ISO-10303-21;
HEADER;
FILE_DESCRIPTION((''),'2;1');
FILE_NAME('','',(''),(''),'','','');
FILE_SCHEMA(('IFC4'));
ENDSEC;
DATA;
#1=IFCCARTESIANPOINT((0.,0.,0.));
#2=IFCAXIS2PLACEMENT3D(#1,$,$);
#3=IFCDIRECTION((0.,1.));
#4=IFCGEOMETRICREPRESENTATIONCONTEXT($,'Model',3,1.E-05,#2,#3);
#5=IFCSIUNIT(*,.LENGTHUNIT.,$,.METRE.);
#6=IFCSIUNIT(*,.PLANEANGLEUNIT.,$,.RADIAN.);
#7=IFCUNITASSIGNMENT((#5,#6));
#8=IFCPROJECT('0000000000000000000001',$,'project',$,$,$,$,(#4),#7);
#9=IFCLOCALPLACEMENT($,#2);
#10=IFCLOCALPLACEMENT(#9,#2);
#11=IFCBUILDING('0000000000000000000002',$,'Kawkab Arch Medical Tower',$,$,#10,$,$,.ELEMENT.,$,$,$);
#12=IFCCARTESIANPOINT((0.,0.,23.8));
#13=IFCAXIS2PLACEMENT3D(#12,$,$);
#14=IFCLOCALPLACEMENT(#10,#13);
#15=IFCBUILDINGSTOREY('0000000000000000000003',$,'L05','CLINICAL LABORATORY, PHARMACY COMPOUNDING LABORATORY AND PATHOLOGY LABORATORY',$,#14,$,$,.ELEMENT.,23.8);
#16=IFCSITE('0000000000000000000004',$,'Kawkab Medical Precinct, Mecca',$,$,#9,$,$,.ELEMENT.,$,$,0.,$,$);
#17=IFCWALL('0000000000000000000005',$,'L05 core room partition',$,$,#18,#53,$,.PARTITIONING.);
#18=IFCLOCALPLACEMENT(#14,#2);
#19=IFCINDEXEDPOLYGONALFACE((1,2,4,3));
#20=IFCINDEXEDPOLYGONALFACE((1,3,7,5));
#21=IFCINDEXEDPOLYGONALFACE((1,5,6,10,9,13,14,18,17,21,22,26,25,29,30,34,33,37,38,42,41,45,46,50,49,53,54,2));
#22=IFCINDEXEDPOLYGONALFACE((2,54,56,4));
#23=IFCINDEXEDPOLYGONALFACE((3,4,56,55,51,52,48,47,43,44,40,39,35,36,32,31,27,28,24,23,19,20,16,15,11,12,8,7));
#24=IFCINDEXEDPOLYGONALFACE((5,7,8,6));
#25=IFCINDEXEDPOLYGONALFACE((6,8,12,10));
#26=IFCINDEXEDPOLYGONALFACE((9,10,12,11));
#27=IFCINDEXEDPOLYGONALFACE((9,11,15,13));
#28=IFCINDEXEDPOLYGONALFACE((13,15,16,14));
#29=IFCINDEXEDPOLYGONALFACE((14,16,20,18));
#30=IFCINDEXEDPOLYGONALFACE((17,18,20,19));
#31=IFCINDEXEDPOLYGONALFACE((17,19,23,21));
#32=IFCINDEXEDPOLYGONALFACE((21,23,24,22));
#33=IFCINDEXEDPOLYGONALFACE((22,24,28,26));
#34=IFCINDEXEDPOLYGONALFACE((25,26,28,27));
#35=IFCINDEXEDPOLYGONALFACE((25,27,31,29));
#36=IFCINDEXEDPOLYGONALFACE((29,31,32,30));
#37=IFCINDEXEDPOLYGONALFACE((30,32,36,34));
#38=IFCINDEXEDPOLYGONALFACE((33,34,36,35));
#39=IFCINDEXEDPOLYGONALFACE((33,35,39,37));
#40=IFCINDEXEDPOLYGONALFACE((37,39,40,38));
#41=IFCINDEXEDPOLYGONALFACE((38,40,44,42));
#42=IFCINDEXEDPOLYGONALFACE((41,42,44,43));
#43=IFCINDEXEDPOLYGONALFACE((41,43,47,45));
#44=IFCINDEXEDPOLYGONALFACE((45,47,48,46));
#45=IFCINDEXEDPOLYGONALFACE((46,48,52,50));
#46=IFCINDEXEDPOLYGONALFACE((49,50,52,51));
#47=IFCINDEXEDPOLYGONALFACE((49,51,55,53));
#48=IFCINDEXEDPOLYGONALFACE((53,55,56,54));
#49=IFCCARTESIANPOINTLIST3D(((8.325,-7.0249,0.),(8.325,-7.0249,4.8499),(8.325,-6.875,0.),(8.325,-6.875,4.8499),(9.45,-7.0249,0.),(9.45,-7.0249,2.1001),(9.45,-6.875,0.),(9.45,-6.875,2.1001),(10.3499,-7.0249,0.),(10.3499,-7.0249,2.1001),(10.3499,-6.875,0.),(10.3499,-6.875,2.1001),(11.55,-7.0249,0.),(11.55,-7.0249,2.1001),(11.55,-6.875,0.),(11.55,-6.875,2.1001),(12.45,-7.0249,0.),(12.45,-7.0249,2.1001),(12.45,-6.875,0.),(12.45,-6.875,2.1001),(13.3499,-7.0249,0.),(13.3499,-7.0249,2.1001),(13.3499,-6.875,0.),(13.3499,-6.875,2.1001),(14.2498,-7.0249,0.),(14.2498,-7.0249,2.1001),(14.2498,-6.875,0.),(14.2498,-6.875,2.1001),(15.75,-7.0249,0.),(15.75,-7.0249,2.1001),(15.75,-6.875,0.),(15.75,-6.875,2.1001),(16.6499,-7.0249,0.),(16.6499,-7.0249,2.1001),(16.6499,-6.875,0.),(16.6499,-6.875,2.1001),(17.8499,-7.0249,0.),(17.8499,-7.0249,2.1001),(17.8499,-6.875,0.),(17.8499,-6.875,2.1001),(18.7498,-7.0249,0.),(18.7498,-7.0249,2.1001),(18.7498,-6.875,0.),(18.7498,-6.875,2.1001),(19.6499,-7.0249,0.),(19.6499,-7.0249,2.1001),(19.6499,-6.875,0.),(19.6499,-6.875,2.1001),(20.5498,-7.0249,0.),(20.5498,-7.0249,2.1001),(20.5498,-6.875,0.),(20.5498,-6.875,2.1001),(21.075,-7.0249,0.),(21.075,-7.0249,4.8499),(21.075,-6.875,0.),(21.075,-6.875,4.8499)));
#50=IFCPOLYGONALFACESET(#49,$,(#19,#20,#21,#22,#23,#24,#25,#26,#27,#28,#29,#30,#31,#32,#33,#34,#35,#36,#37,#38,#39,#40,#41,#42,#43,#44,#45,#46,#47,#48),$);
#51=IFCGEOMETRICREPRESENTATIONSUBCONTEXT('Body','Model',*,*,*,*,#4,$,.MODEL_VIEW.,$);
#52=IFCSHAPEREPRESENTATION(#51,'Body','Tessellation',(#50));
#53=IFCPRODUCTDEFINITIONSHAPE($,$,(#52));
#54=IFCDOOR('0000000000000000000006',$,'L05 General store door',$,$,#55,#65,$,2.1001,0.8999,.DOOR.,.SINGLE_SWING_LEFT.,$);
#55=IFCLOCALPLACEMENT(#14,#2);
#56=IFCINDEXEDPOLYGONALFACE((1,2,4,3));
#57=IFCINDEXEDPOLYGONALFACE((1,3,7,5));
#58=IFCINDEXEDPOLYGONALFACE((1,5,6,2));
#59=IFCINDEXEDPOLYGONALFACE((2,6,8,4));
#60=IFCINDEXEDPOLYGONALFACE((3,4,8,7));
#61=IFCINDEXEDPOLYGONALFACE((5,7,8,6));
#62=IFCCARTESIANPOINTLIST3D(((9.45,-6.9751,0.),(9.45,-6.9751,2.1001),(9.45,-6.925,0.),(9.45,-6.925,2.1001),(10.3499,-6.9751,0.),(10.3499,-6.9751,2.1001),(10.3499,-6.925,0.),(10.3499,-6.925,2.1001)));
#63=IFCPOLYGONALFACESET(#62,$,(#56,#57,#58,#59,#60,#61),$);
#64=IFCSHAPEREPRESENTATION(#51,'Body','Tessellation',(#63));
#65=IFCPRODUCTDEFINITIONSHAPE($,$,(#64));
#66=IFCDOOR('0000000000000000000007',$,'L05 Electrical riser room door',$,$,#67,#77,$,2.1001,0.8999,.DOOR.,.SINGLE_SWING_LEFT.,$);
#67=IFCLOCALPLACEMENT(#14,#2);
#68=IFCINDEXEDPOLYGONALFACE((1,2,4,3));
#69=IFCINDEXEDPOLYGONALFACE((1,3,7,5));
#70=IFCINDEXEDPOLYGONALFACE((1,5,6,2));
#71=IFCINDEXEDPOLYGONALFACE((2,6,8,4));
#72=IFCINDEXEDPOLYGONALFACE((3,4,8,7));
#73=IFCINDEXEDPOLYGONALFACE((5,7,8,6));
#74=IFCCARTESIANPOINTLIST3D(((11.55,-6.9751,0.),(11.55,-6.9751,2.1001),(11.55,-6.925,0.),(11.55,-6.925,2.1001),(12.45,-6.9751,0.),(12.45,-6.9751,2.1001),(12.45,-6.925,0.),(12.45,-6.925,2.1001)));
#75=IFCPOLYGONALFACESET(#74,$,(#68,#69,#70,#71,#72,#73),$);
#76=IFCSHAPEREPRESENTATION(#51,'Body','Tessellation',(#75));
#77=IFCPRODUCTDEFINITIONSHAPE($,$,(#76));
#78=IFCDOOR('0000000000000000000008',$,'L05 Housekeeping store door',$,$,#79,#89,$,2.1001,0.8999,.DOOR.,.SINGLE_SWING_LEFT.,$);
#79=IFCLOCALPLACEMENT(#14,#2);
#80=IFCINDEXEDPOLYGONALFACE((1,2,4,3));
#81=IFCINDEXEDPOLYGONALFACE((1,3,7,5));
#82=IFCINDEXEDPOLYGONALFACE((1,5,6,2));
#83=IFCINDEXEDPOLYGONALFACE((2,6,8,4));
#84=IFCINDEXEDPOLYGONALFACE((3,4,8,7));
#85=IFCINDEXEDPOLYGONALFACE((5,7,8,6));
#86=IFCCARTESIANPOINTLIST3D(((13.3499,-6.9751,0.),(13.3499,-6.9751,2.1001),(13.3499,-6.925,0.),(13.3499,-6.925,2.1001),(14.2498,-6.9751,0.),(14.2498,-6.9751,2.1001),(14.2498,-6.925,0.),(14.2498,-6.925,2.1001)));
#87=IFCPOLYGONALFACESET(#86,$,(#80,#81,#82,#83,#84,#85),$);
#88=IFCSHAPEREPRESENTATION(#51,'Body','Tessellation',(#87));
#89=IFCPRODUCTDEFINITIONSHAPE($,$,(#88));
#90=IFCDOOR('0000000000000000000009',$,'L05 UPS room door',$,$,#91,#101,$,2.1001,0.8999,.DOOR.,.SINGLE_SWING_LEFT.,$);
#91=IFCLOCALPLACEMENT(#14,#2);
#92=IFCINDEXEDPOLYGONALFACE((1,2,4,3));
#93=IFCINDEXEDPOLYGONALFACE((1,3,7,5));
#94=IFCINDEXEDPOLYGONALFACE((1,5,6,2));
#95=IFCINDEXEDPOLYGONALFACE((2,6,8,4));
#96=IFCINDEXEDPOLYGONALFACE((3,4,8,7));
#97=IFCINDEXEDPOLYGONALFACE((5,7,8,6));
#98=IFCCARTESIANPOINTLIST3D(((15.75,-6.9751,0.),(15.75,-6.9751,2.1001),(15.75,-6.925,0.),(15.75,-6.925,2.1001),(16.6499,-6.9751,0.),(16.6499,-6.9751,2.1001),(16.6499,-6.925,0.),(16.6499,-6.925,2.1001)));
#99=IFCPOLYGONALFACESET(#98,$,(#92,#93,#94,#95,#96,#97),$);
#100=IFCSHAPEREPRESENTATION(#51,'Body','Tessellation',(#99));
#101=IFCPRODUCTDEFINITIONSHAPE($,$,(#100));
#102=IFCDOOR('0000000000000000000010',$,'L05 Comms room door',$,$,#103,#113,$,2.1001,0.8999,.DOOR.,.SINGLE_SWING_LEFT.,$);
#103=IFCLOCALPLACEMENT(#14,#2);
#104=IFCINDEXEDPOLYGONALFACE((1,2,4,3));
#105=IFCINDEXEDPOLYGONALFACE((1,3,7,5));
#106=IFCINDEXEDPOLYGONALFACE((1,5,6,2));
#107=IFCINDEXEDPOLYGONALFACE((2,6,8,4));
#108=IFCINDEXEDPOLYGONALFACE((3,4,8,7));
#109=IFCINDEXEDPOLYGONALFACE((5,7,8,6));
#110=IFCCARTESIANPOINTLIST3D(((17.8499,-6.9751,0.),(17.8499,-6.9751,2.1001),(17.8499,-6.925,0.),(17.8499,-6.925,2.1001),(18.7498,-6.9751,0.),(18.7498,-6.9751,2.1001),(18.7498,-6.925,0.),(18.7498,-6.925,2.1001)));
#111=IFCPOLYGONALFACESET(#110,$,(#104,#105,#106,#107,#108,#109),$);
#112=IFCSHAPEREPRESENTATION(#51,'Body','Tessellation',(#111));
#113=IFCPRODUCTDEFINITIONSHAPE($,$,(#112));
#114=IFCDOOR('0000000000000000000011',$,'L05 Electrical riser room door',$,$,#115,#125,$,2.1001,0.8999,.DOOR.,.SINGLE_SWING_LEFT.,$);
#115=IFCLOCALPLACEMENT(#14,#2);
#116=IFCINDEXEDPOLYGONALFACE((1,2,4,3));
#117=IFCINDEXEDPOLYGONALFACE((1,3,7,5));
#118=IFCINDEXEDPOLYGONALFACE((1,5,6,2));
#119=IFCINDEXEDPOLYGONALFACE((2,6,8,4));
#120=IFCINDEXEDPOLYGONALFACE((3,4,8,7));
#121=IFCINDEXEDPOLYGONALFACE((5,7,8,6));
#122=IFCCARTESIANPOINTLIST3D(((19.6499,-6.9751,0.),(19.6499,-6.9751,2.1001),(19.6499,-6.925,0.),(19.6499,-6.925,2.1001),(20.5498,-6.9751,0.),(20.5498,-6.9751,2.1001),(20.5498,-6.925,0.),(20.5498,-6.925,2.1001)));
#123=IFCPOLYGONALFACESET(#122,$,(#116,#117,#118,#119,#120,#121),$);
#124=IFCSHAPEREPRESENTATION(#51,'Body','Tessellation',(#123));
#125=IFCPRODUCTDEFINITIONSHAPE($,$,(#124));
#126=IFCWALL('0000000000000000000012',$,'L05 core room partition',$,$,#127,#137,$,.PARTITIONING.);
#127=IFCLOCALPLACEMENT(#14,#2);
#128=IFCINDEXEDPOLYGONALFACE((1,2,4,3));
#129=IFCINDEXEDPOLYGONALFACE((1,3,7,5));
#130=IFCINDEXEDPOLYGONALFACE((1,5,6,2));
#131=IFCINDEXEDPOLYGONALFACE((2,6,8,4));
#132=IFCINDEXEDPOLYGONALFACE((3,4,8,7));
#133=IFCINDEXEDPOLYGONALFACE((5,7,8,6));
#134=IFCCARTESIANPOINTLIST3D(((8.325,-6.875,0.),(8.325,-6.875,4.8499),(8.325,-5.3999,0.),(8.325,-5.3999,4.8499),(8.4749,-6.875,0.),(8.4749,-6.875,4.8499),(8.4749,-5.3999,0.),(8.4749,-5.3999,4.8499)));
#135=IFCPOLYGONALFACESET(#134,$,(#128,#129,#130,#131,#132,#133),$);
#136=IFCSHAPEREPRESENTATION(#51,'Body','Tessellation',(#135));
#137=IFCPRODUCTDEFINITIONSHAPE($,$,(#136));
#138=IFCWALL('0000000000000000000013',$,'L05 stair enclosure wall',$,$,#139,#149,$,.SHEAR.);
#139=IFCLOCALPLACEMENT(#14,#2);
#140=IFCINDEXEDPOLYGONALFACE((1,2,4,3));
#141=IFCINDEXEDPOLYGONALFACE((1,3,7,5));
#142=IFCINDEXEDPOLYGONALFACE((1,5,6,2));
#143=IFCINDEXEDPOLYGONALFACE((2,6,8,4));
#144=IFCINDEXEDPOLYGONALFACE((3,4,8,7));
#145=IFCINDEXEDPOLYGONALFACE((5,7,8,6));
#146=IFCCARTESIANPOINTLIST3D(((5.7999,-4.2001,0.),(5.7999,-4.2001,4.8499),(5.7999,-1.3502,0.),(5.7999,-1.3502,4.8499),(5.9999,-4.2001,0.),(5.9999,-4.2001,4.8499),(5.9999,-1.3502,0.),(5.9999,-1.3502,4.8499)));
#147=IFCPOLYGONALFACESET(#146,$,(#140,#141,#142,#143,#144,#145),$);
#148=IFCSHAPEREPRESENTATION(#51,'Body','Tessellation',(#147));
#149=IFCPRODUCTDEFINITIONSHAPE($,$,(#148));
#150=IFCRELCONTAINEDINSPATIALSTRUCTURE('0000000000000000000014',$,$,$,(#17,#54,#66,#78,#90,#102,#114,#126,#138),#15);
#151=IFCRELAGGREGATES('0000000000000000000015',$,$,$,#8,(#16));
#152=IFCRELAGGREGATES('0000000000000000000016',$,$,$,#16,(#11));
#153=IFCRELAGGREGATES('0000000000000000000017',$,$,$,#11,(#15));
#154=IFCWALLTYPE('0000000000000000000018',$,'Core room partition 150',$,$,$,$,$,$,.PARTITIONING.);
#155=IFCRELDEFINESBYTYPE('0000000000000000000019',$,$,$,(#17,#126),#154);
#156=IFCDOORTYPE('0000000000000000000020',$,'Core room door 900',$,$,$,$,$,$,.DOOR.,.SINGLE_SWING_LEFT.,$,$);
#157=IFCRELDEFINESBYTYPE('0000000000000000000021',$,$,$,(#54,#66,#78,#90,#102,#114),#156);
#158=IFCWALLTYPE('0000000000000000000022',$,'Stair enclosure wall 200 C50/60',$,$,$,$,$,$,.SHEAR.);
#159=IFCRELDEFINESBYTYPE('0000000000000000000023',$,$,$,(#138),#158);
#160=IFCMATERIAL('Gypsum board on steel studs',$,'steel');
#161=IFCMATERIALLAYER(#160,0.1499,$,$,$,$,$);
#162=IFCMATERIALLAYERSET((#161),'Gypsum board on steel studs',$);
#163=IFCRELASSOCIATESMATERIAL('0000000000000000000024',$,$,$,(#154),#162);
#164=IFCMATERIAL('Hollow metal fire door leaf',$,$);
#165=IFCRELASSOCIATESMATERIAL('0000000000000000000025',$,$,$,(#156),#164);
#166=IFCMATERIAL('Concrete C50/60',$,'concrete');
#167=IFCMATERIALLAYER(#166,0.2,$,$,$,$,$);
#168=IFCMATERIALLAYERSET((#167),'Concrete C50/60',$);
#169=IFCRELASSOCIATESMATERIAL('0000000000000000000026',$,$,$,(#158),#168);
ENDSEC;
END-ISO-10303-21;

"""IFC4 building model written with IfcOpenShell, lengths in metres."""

from ifc_helpers import new_model, si_unit, direction, frame, frame_2d, origin, place, context, subcontext, project, spatial, rectangle, extrude, material, layer, layer_set, type_object, element, fill, save


model = new_model("IFC4")

# Units and contexts
model_context = context("Model", 3, precision=1e-05, world=origin(), true_north=direction((0.0, 1.0)))
body_context = subcontext(model_context, "Body", "Model", "MODEL_VIEW")
ifc_project = project(units=[si_unit("LENGTHUNIT", "METRE"), si_unit("PLANEANGLEUNIT", "RADIAN")], contexts=[model_context])

# Site, building, storey
site_placement = place(None, origin())
site = spatial("IfcSite", under=ifc_project, at=site_placement, Name="Kawkab Medical Precinct, Mecca", CompositionType="ELEMENT", RefElevation=0.0)
building_placement = place(site_placement, origin())
building = spatial("IfcBuilding", under=site, at=building_placement, Name="Kawkab Arch Medical Tower", CompositionType="ELEMENT")
storey_placement = place(building_placement, frame((0.0, 0.0, 23.8)))
storey = spatial("IfcBuildingStorey", under=building, at=storey_placement, Name="L05", Description="CLINICAL LABORATORY, PHARMACY COMPOUNDING LABORATORY AND PATHOLOGY LABORATORY", CompositionType="ELEMENT", Elevation=23.8)

# Wall, openings, doors
ifc_material_1 = material(Name="Gypsum board on steel studs", Category="steel")
ifc_layer_1 = layer(ifc_material_1, 0.1499)
ifc_layer_set_1 = layer_set([ifc_layer_1], Name="Gypsum board on steel studs")
wall_type_1 = type_object("IfcWallType", Name="Core room partition 150", PredefinedType="PARTITIONING", material=ifc_layer_set_1)
wall_1_placement = place(storey_placement, frame((8.325, -6.95, 0.0), z_axis=(0.0, 0.0, 1.0), x_axis=(1.0, 0.0, 0.0)))
wall_1 = element("IfcWall", 1, at=wall_1_placement, inside=storey, type_object=wall_type_1, Name="L05 core room partition", PredefinedType="PARTITIONING", context=body_context, shape_type="SweptSolid", body=[
    extrude(rectangle(XDim=12.75, YDim=0.1499, at=frame_2d((6.375, 0.0))), origin(), (0.0, 0.0, 1.0), 4.8499),
])
opening_1_placement = place(wall_1_placement, frame((1.125, 0.0, 0.0)))
opening_1 = element("IfcOpeningElement", 2, at=opening_1_placement, cuts=wall_1, PredefinedType="OPENING", context=body_context, shape_type="SweptSolid", body=[
    extrude(rectangle(XDim=0.8999, YDim=2.1001, at=frame_2d((0.45, 1.05))), frame((0.0, 0.085, 0.0), z_axis=(0.0, -1.0, 0.0), x_axis=(1.0, 0.0, 0.0)), (0.0, 0.0, 1.0), 0.1699),
])
opening_2_placement = place(wall_1_placement, frame((3.2251, 0.0, 0.0)))
opening_2 = element("IfcOpeningElement", 3, at=opening_2_placement, cuts=wall_1, PredefinedType="OPENING", context=body_context, shape_type="SweptSolid", body=[
    extrude(rectangle(XDim=0.8999, YDim=2.1001, at=frame_2d((0.45, 1.05))), frame((0.0, 0.085, 0.0), z_axis=(0.0, -1.0, 0.0), x_axis=(1.0, 0.0, 0.0)), (0.0, 0.0, 1.0), 0.1699),
])
opening_3_placement = place(wall_1_placement, frame((5.0249, 0.0, 0.0)))
opening_3 = element("IfcOpeningElement", 4, at=opening_3_placement, cuts=wall_1, PredefinedType="OPENING", context=body_context, shape_type="SweptSolid", body=[
    extrude(rectangle(XDim=0.8999, YDim=2.1001, at=frame_2d((0.45, 1.05))), frame((0.0, 0.085, 0.0), z_axis=(0.0, -1.0, 0.0), x_axis=(1.0, 0.0, 0.0)), (0.0, 0.0, 1.0), 0.1699),
])
opening_4_placement = place(wall_1_placement, frame((7.425, 0.0, 0.0)))
opening_4 = element("IfcOpeningElement", 5, at=opening_4_placement, cuts=wall_1, PredefinedType="OPENING", context=body_context, shape_type="SweptSolid", body=[
    extrude(rectangle(XDim=0.8999, YDim=2.1001, at=frame_2d((0.45, 1.05))), frame((0.0, 0.085, 0.0), z_axis=(0.0, -1.0, 0.0), x_axis=(1.0, 0.0, 0.0)), (0.0, 0.0, 1.0), 0.1699),
])
opening_5_placement = place(wall_1_placement, frame((9.5249, 0.0, 0.0)))
opening_5 = element("IfcOpeningElement", 6, at=opening_5_placement, cuts=wall_1, PredefinedType="OPENING", context=body_context, shape_type="SweptSolid", body=[
    extrude(rectangle(XDim=0.8999, YDim=2.1001, at=frame_2d((0.45, 1.05))), frame((0.0, 0.085, 0.0), z_axis=(0.0, -1.0, 0.0), x_axis=(1.0, 0.0, 0.0)), (0.0, 0.0, 1.0), 0.1699),
])
opening_6_placement = place(wall_1_placement, frame((11.325, 0.0, 0.0)))
opening_6 = element("IfcOpeningElement", 7, at=opening_6_placement, cuts=wall_1, PredefinedType="OPENING", context=body_context, shape_type="SweptSolid", body=[
    extrude(rectangle(XDim=0.8999, YDim=2.1001, at=frame_2d((0.45, 1.05))), frame((0.0, 0.085, 0.0), z_axis=(0.0, -1.0, 0.0), x_axis=(1.0, 0.0, 0.0)), (0.0, 0.0, 1.0), 0.1699),
])
ifc_material_2 = material(Name="Hollow metal fire door leaf")
door_type = type_object("IfcDoorType", Name="Core room door 900", OperationType="SINGLE_SWING_LEFT", PredefinedType="DOOR", material=ifc_material_2)
door_1_placement = place(opening_1_placement, origin())
door_1 = element("IfcDoor", 8, at=door_1_placement, inside=storey, type_object=door_type, Name="L05 General store door", OperationType="SINGLE_SWING_LEFT", OverallHeight=2.1001, OverallWidth=0.8999, PredefinedType="DOOR", context=body_context, shape_type="SweptSolid", body=[
    extrude(rectangle(XDim=0.8999, YDim=2.1001, at=frame_2d((0.45, 1.05))), frame((0.0, 0.0249, 0.0), z_axis=(0.0, -1.0, 0.0), x_axis=(1.0, 0.0, 0.0)), (0.0, 0.0, 1.0), 0.05),
])
fill(opening_1, door_1)
door_2_placement = place(opening_2_placement, origin())
door_2 = element("IfcDoor", 9, at=door_2_placement, inside=storey, type_object=door_type, Name="L05 Electrical riser room door", OperationType="SINGLE_SWING_LEFT", OverallHeight=2.1001, OverallWidth=0.8999, PredefinedType="DOOR", context=body_context, shape_type="SweptSolid", body=[
    extrude(rectangle(XDim=0.8999, YDim=2.1001, at=frame_2d((0.45, 1.05))), frame((0.0, 0.0249, 0.0), z_axis=(0.0, -1.0, 0.0), x_axis=(1.0, 0.0, 0.0)), (0.0, 0.0, 1.0), 0.05),
])
fill(opening_2, door_2)
door_3_placement = place(opening_3_placement, origin())
door_3 = element("IfcDoor", 10, at=door_3_placement, inside=storey, type_object=door_type, Name="L05 Housekeeping store door", OperationType="SINGLE_SWING_LEFT", OverallHeight=2.1001, OverallWidth=0.8999, PredefinedType="DOOR", context=body_context, shape_type="SweptSolid", body=[
    extrude(rectangle(XDim=0.8999, YDim=2.1001, at=frame_2d((0.45, 1.05))), frame((0.0, 0.0249, 0.0), z_axis=(0.0, -1.0, 0.0), x_axis=(1.0, 0.0, 0.0)), (0.0, 0.0, 1.0), 0.05),
])
fill(opening_3, door_3)
door_4_placement = place(opening_4_placement, origin())
door_4 = element("IfcDoor", 11, at=door_4_placement, inside=storey, type_object=door_type, Name="L05 UPS room door", OperationType="SINGLE_SWING_LEFT", OverallHeight=2.1001, OverallWidth=0.8999, PredefinedType="DOOR", context=body_context, shape_type="SweptSolid", body=[
    extrude(rectangle(XDim=0.8999, YDim=2.1001, at=frame_2d((0.45, 1.05))), frame((0.0, 0.0249, 0.0), z_axis=(0.0, -1.0, 0.0), x_axis=(1.0, 0.0, 0.0)), (0.0, 0.0, 1.0), 0.05),
])
fill(opening_4, door_4)
door_5_placement = place(opening_5_placement, origin())
door_5 = element("IfcDoor", 12, at=door_5_placement, inside=storey, type_object=door_type, Name="L05 Comms room door", OperationType="SINGLE_SWING_LEFT", OverallHeight=2.1001, OverallWidth=0.8999, PredefinedType="DOOR", context=body_context, shape_type="SweptSolid", body=[
    extrude(rectangle(XDim=0.8999, YDim=2.1001, at=frame_2d((0.45, 1.05))), frame((0.0, 0.0249, 0.0), z_axis=(0.0, -1.0, 0.0), x_axis=(1.0, 0.0, 0.0)), (0.0, 0.0, 1.0), 0.05),
])
fill(opening_5, door_5)
door_6_placement = place(opening_6_placement, origin())
door_6 = element("IfcDoor", 13, at=door_6_placement, inside=storey, type_object=door_type, Name="L05 Electrical riser room door", OperationType="SINGLE_SWING_LEFT", OverallHeight=2.1001, OverallWidth=0.8999, PredefinedType="DOOR", context=body_context, shape_type="SweptSolid", body=[
    extrude(rectangle(XDim=0.8999, YDim=2.1001, at=frame_2d((0.45, 1.05))), frame((0.0, 0.0249, 0.0), z_axis=(0.0, -1.0, 0.0), x_axis=(1.0, 0.0, 0.0)), (0.0, 0.0, 1.0), 0.05),
])
fill(opening_6, door_6)

# Walls
wall_2_placement = place(storey_placement, frame((8.3999, -6.875, 0.0), z_axis=(0.0, 0.0, 1.0), x_axis=(0.0, 1.0, 0.0)))
element("IfcWall", 14, at=wall_2_placement, inside=storey, type_object=wall_type_1, Name="L05 core room partition", PredefinedType="PARTITIONING", context=body_context, shape_type="SweptSolid", body=[
    extrude(rectangle(XDim=1.4751, YDim=0.1499, at=frame_2d((0.7375, 0.0))), origin(), (0.0, 0.0, 1.0), 4.8499),
])
ifc_material_3 = material(Name="Concrete C50/60", Category="concrete")
ifc_layer_2 = layer(ifc_material_3, 0.2)
ifc_layer_set_2 = layer_set([ifc_layer_2], Name="Concrete C50/60")
wall_type_2 = type_object("IfcWallType", Name="Stair enclosure wall 200 C50/60", PredefinedType="SHEAR", material=ifc_layer_set_2)
wall_3_placement = place(storey_placement, frame((5.8999, -4.2, 0.0), z_axis=(0.0, 0.0, 1.0), x_axis=(0.0, 1.0, 0.0)))
element("IfcWall", 15, at=wall_3_placement, inside=storey, type_object=wall_type_2, Name="L05 stair enclosure wall", PredefinedType="SHEAR", context=body_context, shape_type="SweptSolid", body=[
    extrude(rectangle(XDim=2.8499, YDim=0.2, at=frame_2d((1.4248, 0.0))), origin(), (0.0, 0.0, 1.0), 4.8499),
])

save(model, "model.ifc")
